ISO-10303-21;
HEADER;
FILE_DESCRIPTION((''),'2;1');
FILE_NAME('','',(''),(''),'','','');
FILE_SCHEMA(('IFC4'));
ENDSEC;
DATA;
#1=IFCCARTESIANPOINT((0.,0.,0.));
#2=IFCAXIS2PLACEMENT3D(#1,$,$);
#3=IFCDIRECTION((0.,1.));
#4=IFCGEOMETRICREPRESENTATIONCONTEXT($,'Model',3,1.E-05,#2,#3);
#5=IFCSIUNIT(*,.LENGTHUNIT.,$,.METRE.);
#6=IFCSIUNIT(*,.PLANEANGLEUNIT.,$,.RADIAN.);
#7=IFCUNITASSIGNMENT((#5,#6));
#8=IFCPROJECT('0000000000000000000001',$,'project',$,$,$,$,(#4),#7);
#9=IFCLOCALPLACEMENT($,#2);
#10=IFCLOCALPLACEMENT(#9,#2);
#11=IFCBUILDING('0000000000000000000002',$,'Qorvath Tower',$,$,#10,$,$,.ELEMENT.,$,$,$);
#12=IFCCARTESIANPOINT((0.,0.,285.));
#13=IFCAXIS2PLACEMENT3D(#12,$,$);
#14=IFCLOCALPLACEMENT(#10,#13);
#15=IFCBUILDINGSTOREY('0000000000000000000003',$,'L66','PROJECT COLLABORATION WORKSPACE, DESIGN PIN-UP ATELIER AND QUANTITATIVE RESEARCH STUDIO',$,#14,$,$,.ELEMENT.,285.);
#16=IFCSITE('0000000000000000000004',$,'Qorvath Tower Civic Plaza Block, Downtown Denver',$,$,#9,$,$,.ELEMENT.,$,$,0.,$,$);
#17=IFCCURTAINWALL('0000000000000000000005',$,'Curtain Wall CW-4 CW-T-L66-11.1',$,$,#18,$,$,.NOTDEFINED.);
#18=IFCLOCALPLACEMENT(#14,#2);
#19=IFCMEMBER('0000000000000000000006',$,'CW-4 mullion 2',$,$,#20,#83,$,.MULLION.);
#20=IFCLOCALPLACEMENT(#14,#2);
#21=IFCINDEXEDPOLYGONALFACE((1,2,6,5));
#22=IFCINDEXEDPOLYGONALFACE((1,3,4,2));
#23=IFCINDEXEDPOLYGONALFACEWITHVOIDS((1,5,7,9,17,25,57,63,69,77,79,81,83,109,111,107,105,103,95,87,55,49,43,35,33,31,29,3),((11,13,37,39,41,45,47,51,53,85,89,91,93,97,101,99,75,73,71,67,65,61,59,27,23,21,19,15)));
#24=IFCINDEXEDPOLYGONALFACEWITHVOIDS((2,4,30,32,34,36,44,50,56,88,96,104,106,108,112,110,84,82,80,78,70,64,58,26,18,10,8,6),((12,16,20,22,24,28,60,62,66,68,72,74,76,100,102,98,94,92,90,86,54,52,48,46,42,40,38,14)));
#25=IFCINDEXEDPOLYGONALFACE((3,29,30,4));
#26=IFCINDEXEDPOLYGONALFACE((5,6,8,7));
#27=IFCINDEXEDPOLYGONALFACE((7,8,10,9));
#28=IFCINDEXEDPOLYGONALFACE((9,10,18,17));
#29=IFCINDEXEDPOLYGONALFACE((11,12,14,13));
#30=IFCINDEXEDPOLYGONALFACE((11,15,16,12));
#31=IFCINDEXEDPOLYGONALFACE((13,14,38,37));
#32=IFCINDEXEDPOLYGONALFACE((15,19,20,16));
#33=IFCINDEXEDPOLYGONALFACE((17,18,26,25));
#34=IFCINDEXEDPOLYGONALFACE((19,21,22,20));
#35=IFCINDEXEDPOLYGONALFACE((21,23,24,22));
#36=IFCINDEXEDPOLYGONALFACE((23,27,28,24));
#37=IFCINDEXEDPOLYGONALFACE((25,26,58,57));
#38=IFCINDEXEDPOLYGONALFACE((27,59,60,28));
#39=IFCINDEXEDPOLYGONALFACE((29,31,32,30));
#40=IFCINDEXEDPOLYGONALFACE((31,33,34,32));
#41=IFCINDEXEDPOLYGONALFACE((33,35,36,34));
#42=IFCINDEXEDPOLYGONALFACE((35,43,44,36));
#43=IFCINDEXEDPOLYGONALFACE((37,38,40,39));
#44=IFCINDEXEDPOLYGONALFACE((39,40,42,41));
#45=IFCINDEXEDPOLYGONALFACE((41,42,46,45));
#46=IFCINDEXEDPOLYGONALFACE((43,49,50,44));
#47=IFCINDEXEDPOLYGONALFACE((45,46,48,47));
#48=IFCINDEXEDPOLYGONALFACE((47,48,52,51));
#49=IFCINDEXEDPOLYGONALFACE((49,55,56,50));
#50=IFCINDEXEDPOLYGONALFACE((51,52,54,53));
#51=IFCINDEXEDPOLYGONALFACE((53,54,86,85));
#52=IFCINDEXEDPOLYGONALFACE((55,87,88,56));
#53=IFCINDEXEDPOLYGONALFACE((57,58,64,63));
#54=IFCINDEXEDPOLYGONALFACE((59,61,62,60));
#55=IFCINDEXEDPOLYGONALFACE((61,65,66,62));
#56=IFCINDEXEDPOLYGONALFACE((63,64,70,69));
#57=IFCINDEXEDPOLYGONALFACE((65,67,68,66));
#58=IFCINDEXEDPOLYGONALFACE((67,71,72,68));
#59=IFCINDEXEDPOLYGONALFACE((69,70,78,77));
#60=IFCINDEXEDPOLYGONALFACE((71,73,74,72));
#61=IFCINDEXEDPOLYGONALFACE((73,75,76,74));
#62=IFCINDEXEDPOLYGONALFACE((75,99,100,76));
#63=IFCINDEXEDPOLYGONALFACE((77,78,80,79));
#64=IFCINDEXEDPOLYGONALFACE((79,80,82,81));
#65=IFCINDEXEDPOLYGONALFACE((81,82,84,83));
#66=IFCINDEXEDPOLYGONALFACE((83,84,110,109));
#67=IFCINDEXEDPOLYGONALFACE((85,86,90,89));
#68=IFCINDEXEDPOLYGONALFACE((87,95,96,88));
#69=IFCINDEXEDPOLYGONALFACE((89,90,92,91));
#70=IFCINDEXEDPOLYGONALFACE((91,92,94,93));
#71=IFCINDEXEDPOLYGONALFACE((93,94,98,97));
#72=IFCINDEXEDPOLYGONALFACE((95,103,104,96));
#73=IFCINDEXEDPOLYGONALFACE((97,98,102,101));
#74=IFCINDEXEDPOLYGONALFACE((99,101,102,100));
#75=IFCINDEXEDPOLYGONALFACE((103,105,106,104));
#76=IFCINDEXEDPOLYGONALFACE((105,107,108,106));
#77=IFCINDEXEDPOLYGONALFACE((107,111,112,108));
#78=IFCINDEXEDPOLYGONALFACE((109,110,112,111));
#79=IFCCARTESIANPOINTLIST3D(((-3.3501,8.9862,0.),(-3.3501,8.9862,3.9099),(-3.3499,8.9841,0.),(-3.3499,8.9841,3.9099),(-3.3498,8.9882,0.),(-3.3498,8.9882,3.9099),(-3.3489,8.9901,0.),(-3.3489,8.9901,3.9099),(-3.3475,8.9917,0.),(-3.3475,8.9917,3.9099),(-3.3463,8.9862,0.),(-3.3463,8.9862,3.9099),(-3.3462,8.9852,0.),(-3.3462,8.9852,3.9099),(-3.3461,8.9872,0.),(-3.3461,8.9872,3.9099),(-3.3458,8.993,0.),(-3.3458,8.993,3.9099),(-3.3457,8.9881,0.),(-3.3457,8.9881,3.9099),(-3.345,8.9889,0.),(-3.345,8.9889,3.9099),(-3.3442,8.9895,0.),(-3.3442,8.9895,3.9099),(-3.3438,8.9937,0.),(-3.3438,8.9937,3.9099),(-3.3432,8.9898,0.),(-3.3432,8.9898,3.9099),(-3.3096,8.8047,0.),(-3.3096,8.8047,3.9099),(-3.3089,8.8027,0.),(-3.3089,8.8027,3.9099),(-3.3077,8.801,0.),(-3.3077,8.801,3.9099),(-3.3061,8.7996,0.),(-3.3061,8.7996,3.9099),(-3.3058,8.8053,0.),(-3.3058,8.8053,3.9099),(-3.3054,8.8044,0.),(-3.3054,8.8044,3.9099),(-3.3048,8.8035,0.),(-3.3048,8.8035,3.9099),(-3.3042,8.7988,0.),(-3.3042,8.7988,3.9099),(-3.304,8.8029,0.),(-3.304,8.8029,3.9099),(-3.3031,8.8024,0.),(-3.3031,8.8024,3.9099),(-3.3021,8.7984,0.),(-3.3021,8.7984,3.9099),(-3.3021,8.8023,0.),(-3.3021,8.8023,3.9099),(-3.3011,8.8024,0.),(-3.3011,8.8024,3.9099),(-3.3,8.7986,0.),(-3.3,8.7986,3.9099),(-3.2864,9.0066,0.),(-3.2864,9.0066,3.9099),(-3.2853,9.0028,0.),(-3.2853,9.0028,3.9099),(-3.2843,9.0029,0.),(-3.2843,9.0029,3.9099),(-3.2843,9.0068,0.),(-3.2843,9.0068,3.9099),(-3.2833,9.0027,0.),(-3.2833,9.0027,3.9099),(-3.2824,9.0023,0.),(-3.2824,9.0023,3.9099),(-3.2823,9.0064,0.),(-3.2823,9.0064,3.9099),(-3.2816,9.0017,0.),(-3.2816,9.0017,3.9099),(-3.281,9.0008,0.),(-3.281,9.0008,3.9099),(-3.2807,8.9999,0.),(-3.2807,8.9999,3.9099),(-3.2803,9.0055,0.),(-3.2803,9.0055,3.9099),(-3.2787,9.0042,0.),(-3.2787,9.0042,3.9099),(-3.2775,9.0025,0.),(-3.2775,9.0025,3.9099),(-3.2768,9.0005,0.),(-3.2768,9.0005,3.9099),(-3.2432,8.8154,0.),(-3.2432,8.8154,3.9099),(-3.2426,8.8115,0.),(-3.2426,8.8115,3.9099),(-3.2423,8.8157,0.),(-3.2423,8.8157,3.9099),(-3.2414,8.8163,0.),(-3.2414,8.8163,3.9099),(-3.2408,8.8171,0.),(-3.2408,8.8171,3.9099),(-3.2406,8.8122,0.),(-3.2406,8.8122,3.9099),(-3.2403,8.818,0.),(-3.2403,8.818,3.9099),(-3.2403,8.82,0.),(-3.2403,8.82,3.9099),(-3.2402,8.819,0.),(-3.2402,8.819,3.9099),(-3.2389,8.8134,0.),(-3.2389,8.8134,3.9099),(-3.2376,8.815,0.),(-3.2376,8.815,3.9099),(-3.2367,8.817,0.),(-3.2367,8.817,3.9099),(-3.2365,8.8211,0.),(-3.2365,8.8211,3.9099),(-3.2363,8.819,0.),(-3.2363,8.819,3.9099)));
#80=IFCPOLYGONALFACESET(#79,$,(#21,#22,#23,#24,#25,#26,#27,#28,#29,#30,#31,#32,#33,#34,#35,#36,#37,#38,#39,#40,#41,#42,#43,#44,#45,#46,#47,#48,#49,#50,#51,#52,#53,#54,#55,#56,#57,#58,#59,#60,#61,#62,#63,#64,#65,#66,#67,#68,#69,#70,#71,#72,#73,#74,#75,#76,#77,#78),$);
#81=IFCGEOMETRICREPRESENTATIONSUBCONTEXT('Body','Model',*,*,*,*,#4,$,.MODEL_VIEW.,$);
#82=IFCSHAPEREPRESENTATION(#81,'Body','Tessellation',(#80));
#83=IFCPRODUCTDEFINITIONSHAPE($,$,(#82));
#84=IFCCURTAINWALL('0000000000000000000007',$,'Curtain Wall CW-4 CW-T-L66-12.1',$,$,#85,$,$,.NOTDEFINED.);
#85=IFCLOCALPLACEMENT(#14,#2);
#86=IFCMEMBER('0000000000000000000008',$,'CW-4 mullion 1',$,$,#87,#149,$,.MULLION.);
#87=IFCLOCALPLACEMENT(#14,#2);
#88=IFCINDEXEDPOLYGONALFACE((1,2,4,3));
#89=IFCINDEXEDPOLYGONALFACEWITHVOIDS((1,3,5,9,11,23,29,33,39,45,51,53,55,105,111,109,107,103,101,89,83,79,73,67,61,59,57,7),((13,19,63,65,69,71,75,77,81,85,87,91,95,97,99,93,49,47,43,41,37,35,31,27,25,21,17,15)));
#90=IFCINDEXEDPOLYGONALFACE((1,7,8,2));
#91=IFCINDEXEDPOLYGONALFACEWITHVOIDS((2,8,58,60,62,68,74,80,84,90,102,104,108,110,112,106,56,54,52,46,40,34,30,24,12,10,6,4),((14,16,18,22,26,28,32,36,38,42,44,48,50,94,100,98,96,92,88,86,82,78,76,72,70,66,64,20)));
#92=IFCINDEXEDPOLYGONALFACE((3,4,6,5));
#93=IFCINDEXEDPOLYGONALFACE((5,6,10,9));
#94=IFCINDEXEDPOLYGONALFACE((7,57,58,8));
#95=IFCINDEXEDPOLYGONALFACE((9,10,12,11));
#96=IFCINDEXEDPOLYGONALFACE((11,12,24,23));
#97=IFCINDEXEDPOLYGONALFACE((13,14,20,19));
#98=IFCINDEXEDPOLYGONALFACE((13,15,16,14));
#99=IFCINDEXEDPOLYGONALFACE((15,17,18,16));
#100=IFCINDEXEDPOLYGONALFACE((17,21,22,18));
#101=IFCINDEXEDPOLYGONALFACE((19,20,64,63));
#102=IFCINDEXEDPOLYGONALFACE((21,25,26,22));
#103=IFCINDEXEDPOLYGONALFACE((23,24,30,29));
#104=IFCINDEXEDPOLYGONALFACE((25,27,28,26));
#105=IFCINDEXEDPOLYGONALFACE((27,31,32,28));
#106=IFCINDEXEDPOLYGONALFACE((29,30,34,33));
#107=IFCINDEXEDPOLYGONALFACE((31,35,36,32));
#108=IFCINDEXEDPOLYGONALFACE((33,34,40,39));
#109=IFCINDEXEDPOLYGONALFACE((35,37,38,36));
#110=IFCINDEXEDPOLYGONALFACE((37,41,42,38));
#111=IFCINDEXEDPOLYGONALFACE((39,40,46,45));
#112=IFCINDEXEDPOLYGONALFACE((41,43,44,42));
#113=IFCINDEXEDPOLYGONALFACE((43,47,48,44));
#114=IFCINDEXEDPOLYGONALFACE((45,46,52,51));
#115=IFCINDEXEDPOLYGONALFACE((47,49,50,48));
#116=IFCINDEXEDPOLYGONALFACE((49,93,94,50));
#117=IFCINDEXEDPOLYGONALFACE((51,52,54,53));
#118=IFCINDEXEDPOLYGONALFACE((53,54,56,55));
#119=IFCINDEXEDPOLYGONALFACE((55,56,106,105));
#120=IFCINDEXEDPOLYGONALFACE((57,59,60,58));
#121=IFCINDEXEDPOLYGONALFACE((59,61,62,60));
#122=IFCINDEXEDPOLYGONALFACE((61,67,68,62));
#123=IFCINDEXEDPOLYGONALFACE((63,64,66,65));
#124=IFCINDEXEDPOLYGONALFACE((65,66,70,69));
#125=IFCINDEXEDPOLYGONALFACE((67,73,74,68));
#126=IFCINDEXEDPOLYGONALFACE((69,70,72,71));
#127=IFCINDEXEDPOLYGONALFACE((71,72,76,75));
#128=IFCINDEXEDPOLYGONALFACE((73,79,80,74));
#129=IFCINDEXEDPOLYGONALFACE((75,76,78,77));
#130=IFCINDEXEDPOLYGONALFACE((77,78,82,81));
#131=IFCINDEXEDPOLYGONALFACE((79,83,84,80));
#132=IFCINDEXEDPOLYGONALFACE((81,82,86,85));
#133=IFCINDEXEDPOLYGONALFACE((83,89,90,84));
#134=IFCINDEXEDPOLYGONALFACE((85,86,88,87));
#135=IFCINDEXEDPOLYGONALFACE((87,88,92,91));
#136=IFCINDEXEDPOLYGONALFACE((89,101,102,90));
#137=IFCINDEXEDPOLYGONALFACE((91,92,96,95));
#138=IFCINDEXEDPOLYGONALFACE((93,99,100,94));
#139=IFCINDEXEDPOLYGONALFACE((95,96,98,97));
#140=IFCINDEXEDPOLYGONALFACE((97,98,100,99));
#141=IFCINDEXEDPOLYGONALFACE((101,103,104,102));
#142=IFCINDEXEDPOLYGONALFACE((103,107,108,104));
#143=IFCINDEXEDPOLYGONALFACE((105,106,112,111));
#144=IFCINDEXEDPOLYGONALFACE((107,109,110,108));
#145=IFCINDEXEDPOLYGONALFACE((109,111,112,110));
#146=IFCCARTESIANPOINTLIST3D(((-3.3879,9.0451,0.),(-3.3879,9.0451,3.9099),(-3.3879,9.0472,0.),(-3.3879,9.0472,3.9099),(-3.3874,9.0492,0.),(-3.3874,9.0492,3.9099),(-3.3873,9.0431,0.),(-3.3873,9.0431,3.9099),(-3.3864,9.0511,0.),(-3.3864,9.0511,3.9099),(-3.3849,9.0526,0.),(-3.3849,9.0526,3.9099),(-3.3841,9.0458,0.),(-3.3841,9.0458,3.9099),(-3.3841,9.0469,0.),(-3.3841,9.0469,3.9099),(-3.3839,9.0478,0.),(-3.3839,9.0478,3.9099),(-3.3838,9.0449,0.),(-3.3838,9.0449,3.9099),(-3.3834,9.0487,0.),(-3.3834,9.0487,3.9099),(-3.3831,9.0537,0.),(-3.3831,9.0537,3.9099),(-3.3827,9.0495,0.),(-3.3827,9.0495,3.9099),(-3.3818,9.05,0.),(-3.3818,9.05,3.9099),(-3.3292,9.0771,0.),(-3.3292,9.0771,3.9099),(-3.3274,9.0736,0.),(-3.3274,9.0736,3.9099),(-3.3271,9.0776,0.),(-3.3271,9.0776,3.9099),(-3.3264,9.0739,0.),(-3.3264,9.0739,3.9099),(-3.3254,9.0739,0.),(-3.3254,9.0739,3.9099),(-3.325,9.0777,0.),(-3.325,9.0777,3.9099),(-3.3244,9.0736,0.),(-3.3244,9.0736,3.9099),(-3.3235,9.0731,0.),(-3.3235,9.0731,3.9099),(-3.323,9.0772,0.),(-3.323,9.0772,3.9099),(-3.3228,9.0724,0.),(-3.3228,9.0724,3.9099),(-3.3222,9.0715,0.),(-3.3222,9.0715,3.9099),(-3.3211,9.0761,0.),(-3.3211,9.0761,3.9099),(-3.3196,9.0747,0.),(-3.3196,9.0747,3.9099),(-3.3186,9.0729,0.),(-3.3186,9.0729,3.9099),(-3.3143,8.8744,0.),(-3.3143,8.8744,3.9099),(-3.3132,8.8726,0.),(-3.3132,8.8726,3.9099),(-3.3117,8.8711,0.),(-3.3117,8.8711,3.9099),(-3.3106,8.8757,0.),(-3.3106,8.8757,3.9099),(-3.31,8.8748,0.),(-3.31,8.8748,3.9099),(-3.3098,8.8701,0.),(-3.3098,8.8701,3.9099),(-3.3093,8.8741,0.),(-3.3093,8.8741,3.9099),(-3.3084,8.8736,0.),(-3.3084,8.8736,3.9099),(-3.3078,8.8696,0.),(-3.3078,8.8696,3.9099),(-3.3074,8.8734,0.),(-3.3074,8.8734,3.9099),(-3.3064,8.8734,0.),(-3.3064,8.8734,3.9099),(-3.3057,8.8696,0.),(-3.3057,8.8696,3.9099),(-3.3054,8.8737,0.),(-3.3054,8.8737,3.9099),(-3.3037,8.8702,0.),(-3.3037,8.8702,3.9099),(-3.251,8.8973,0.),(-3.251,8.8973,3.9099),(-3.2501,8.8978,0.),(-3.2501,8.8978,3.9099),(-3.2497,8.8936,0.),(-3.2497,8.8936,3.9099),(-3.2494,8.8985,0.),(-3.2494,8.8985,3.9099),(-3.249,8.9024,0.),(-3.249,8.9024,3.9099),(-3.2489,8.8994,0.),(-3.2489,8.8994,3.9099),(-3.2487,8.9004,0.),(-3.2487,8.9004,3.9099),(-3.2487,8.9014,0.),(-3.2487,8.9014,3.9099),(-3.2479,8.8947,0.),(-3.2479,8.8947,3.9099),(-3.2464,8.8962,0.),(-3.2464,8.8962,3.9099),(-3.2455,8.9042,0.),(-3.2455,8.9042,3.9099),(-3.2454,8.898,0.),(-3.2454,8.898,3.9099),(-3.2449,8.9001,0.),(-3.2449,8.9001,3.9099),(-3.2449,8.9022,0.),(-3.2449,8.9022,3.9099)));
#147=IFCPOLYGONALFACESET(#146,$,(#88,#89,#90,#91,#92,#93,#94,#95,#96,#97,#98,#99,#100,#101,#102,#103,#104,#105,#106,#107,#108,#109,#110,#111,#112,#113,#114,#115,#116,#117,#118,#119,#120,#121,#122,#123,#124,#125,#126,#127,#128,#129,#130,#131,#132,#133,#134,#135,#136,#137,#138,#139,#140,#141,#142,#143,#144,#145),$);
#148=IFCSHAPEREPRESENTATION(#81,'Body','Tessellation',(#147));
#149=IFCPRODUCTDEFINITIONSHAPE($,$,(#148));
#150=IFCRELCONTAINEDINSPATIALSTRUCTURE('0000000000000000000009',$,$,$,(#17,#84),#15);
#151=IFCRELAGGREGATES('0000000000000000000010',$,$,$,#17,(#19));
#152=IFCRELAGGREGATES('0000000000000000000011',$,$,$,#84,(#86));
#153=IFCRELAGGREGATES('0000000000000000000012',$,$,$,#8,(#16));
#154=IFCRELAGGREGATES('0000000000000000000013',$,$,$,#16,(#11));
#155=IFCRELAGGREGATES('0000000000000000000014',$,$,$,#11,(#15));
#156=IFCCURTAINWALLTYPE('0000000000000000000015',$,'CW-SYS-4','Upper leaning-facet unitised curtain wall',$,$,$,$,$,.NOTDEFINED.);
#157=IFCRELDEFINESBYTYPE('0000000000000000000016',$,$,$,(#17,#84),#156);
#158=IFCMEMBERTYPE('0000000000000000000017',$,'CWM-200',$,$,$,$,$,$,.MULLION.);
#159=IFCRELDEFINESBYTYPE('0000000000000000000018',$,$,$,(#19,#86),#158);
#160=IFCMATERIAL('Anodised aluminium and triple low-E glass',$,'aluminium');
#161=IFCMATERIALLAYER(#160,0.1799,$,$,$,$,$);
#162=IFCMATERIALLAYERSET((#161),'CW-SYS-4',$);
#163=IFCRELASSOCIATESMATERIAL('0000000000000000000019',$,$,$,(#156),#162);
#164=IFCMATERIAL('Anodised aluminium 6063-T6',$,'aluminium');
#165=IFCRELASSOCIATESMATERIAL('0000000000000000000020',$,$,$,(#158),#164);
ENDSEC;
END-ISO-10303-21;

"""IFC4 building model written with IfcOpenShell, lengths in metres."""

from ifc_helpers import new_model, si_unit, direction, frame, origin, origin_2d, place, context, subcontext, project, spatial, hollow_rectangle, extrude, material, layer, layer_set, material_profile, profile_set, type_object, element, aggregate, save


model = new_model("IFC4")

# Units and contexts
model_context = context("Model", 3, precision=1e-05, world=origin(), true_north=direction((0.0, 1.0)))
body_context = subcontext(model_context, "Body", "Model", "MODEL_VIEW")
ifc_project = project(units=[si_unit("LENGTHUNIT", "METRE"), si_unit("PLANEANGLEUNIT", "RADIAN")], contexts=[model_context])

# Site, building, storey
site_placement = place(None, origin())
site = spatial("IfcSite", under=ifc_project, at=site_placement, Name="Qorvath Tower Civic Plaza Block, Downtown Denver", CompositionType="ELEMENT", RefElevation=0.0)
building_placement = place(site_placement, origin())
building = spatial("IfcBuilding", under=site, at=building_placement, Name="Qorvath Tower", CompositionType="ELEMENT")
storey_placement = place(building_placement, frame((0.0, 0.0, 285.0)))
storey = spatial("IfcBuildingStorey", under=building, at=storey_placement, Name="L66", Description="PROJECT COLLABORATION WORKSPACE, DESIGN PIN-UP ATELIER AND QUANTITATIVE RESEARCH STUDIO", CompositionType="ELEMENT", Elevation=285.0)

# Curtain walls, members
ifc_material_1 = material(Name="Anodised aluminium and triple low-E glass", Category="aluminium")
ifc_layer_1 = layer(ifc_material_1, 0.1799)
ifc_layer_set_1 = layer_set([ifc_layer_1], Name="CW-SYS-4")
curtain_wall_type = type_object("IfcCurtainWallType", Name="CW-SYS-4", Description="Upper leaning-facet unitised curtain wall", PredefinedType="NOTDEFINED", material=ifc_layer_set_1)
curtain_wall_1_placement = place(storey_placement, origin())
curtain_wall_1 = element("IfcCurtainWall", 1, at=curtain_wall_1_placement, inside=storey, type_object=curtain_wall_type, Name="Curtain Wall CW-4 CW-T-L66-11.1", PredefinedType="NOTDEFINED")
ifc_material_2 = material(Name="Anodised aluminium 6063-T6", Category="aluminium")
ifc_material_profile_1 = material_profile(ifc_material_2, hollow_rectangle(XDim=0.075, YDim=0.2, WallThickness=0.0039, InnerFilletRadius=0.0039, OuterFilletRadius=0.0081, at=origin_2d()), Name="CWM 200x75")
ifc_profile_set_1 = profile_set([ifc_material_profile_1], Name="Anodised aluminium 6063-T6")
member_type_1 = type_object("IfcMemberType", Name="CWM-200", PredefinedType="MULLION", material=ifc_profile_set_1)
member_1_placement = place(storey_placement, frame((-3.2932, 8.9026, 0.0), z_axis=(0.0, 0.0, 1.0), x_axis=(-0.975687, -0.219167, 0.0)))
member_1 = element("IfcMember", 2, at=member_1_placement, type_object=member_type_1, Name="CW-4 mullion 2", PredefinedType="MULLION", context=body_context, shape_type="SweptSolid", body=[
    extrude(hollow_rectangle(XDim=0.075, YDim=0.2, WallThickness=0.0039, InnerFilletRadius=0.0039, OuterFilletRadius=0.0081, at=origin_2d()), origin(), (0.0, 0.0, 1.0), 3.9099),
])
curtain_wall_2_placement = place(storey_placement, origin())
curtain_wall_2 = element("IfcCurtainWall", 3, at=curtain_wall_2_placement, inside=storey, type_object=curtain_wall_type, Name="Curtain Wall CW-4 CW-T-L66-12.1", PredefinedType="NOTDEFINED")
member_2_placement = place(storey_placement, frame((-3.3164, 8.9736, 0.0), z_axis=(0.0, 0.0, 1.0), x_axis=(-0.917598, -0.397509, 0.0)))
member_2 = element("IfcMember", 4, at=member_2_placement, type_object=member_type_1, Name="CW-4 mullion 1", PredefinedType="MULLION", context=body_context, shape_type="SweptSolid", body=[
    extrude(hollow_rectangle(XDim=0.075, YDim=0.2, WallThickness=0.0039, InnerFilletRadius=0.0039, OuterFilletRadius=0.0081, at=origin_2d()), origin(), (0.0, 0.0, 1.0), 3.9099),
])

aggregate(curtain_wall_1, [member_1])
aggregate(curtain_wall_2, [member_2])

save(model, "model.ifc")
